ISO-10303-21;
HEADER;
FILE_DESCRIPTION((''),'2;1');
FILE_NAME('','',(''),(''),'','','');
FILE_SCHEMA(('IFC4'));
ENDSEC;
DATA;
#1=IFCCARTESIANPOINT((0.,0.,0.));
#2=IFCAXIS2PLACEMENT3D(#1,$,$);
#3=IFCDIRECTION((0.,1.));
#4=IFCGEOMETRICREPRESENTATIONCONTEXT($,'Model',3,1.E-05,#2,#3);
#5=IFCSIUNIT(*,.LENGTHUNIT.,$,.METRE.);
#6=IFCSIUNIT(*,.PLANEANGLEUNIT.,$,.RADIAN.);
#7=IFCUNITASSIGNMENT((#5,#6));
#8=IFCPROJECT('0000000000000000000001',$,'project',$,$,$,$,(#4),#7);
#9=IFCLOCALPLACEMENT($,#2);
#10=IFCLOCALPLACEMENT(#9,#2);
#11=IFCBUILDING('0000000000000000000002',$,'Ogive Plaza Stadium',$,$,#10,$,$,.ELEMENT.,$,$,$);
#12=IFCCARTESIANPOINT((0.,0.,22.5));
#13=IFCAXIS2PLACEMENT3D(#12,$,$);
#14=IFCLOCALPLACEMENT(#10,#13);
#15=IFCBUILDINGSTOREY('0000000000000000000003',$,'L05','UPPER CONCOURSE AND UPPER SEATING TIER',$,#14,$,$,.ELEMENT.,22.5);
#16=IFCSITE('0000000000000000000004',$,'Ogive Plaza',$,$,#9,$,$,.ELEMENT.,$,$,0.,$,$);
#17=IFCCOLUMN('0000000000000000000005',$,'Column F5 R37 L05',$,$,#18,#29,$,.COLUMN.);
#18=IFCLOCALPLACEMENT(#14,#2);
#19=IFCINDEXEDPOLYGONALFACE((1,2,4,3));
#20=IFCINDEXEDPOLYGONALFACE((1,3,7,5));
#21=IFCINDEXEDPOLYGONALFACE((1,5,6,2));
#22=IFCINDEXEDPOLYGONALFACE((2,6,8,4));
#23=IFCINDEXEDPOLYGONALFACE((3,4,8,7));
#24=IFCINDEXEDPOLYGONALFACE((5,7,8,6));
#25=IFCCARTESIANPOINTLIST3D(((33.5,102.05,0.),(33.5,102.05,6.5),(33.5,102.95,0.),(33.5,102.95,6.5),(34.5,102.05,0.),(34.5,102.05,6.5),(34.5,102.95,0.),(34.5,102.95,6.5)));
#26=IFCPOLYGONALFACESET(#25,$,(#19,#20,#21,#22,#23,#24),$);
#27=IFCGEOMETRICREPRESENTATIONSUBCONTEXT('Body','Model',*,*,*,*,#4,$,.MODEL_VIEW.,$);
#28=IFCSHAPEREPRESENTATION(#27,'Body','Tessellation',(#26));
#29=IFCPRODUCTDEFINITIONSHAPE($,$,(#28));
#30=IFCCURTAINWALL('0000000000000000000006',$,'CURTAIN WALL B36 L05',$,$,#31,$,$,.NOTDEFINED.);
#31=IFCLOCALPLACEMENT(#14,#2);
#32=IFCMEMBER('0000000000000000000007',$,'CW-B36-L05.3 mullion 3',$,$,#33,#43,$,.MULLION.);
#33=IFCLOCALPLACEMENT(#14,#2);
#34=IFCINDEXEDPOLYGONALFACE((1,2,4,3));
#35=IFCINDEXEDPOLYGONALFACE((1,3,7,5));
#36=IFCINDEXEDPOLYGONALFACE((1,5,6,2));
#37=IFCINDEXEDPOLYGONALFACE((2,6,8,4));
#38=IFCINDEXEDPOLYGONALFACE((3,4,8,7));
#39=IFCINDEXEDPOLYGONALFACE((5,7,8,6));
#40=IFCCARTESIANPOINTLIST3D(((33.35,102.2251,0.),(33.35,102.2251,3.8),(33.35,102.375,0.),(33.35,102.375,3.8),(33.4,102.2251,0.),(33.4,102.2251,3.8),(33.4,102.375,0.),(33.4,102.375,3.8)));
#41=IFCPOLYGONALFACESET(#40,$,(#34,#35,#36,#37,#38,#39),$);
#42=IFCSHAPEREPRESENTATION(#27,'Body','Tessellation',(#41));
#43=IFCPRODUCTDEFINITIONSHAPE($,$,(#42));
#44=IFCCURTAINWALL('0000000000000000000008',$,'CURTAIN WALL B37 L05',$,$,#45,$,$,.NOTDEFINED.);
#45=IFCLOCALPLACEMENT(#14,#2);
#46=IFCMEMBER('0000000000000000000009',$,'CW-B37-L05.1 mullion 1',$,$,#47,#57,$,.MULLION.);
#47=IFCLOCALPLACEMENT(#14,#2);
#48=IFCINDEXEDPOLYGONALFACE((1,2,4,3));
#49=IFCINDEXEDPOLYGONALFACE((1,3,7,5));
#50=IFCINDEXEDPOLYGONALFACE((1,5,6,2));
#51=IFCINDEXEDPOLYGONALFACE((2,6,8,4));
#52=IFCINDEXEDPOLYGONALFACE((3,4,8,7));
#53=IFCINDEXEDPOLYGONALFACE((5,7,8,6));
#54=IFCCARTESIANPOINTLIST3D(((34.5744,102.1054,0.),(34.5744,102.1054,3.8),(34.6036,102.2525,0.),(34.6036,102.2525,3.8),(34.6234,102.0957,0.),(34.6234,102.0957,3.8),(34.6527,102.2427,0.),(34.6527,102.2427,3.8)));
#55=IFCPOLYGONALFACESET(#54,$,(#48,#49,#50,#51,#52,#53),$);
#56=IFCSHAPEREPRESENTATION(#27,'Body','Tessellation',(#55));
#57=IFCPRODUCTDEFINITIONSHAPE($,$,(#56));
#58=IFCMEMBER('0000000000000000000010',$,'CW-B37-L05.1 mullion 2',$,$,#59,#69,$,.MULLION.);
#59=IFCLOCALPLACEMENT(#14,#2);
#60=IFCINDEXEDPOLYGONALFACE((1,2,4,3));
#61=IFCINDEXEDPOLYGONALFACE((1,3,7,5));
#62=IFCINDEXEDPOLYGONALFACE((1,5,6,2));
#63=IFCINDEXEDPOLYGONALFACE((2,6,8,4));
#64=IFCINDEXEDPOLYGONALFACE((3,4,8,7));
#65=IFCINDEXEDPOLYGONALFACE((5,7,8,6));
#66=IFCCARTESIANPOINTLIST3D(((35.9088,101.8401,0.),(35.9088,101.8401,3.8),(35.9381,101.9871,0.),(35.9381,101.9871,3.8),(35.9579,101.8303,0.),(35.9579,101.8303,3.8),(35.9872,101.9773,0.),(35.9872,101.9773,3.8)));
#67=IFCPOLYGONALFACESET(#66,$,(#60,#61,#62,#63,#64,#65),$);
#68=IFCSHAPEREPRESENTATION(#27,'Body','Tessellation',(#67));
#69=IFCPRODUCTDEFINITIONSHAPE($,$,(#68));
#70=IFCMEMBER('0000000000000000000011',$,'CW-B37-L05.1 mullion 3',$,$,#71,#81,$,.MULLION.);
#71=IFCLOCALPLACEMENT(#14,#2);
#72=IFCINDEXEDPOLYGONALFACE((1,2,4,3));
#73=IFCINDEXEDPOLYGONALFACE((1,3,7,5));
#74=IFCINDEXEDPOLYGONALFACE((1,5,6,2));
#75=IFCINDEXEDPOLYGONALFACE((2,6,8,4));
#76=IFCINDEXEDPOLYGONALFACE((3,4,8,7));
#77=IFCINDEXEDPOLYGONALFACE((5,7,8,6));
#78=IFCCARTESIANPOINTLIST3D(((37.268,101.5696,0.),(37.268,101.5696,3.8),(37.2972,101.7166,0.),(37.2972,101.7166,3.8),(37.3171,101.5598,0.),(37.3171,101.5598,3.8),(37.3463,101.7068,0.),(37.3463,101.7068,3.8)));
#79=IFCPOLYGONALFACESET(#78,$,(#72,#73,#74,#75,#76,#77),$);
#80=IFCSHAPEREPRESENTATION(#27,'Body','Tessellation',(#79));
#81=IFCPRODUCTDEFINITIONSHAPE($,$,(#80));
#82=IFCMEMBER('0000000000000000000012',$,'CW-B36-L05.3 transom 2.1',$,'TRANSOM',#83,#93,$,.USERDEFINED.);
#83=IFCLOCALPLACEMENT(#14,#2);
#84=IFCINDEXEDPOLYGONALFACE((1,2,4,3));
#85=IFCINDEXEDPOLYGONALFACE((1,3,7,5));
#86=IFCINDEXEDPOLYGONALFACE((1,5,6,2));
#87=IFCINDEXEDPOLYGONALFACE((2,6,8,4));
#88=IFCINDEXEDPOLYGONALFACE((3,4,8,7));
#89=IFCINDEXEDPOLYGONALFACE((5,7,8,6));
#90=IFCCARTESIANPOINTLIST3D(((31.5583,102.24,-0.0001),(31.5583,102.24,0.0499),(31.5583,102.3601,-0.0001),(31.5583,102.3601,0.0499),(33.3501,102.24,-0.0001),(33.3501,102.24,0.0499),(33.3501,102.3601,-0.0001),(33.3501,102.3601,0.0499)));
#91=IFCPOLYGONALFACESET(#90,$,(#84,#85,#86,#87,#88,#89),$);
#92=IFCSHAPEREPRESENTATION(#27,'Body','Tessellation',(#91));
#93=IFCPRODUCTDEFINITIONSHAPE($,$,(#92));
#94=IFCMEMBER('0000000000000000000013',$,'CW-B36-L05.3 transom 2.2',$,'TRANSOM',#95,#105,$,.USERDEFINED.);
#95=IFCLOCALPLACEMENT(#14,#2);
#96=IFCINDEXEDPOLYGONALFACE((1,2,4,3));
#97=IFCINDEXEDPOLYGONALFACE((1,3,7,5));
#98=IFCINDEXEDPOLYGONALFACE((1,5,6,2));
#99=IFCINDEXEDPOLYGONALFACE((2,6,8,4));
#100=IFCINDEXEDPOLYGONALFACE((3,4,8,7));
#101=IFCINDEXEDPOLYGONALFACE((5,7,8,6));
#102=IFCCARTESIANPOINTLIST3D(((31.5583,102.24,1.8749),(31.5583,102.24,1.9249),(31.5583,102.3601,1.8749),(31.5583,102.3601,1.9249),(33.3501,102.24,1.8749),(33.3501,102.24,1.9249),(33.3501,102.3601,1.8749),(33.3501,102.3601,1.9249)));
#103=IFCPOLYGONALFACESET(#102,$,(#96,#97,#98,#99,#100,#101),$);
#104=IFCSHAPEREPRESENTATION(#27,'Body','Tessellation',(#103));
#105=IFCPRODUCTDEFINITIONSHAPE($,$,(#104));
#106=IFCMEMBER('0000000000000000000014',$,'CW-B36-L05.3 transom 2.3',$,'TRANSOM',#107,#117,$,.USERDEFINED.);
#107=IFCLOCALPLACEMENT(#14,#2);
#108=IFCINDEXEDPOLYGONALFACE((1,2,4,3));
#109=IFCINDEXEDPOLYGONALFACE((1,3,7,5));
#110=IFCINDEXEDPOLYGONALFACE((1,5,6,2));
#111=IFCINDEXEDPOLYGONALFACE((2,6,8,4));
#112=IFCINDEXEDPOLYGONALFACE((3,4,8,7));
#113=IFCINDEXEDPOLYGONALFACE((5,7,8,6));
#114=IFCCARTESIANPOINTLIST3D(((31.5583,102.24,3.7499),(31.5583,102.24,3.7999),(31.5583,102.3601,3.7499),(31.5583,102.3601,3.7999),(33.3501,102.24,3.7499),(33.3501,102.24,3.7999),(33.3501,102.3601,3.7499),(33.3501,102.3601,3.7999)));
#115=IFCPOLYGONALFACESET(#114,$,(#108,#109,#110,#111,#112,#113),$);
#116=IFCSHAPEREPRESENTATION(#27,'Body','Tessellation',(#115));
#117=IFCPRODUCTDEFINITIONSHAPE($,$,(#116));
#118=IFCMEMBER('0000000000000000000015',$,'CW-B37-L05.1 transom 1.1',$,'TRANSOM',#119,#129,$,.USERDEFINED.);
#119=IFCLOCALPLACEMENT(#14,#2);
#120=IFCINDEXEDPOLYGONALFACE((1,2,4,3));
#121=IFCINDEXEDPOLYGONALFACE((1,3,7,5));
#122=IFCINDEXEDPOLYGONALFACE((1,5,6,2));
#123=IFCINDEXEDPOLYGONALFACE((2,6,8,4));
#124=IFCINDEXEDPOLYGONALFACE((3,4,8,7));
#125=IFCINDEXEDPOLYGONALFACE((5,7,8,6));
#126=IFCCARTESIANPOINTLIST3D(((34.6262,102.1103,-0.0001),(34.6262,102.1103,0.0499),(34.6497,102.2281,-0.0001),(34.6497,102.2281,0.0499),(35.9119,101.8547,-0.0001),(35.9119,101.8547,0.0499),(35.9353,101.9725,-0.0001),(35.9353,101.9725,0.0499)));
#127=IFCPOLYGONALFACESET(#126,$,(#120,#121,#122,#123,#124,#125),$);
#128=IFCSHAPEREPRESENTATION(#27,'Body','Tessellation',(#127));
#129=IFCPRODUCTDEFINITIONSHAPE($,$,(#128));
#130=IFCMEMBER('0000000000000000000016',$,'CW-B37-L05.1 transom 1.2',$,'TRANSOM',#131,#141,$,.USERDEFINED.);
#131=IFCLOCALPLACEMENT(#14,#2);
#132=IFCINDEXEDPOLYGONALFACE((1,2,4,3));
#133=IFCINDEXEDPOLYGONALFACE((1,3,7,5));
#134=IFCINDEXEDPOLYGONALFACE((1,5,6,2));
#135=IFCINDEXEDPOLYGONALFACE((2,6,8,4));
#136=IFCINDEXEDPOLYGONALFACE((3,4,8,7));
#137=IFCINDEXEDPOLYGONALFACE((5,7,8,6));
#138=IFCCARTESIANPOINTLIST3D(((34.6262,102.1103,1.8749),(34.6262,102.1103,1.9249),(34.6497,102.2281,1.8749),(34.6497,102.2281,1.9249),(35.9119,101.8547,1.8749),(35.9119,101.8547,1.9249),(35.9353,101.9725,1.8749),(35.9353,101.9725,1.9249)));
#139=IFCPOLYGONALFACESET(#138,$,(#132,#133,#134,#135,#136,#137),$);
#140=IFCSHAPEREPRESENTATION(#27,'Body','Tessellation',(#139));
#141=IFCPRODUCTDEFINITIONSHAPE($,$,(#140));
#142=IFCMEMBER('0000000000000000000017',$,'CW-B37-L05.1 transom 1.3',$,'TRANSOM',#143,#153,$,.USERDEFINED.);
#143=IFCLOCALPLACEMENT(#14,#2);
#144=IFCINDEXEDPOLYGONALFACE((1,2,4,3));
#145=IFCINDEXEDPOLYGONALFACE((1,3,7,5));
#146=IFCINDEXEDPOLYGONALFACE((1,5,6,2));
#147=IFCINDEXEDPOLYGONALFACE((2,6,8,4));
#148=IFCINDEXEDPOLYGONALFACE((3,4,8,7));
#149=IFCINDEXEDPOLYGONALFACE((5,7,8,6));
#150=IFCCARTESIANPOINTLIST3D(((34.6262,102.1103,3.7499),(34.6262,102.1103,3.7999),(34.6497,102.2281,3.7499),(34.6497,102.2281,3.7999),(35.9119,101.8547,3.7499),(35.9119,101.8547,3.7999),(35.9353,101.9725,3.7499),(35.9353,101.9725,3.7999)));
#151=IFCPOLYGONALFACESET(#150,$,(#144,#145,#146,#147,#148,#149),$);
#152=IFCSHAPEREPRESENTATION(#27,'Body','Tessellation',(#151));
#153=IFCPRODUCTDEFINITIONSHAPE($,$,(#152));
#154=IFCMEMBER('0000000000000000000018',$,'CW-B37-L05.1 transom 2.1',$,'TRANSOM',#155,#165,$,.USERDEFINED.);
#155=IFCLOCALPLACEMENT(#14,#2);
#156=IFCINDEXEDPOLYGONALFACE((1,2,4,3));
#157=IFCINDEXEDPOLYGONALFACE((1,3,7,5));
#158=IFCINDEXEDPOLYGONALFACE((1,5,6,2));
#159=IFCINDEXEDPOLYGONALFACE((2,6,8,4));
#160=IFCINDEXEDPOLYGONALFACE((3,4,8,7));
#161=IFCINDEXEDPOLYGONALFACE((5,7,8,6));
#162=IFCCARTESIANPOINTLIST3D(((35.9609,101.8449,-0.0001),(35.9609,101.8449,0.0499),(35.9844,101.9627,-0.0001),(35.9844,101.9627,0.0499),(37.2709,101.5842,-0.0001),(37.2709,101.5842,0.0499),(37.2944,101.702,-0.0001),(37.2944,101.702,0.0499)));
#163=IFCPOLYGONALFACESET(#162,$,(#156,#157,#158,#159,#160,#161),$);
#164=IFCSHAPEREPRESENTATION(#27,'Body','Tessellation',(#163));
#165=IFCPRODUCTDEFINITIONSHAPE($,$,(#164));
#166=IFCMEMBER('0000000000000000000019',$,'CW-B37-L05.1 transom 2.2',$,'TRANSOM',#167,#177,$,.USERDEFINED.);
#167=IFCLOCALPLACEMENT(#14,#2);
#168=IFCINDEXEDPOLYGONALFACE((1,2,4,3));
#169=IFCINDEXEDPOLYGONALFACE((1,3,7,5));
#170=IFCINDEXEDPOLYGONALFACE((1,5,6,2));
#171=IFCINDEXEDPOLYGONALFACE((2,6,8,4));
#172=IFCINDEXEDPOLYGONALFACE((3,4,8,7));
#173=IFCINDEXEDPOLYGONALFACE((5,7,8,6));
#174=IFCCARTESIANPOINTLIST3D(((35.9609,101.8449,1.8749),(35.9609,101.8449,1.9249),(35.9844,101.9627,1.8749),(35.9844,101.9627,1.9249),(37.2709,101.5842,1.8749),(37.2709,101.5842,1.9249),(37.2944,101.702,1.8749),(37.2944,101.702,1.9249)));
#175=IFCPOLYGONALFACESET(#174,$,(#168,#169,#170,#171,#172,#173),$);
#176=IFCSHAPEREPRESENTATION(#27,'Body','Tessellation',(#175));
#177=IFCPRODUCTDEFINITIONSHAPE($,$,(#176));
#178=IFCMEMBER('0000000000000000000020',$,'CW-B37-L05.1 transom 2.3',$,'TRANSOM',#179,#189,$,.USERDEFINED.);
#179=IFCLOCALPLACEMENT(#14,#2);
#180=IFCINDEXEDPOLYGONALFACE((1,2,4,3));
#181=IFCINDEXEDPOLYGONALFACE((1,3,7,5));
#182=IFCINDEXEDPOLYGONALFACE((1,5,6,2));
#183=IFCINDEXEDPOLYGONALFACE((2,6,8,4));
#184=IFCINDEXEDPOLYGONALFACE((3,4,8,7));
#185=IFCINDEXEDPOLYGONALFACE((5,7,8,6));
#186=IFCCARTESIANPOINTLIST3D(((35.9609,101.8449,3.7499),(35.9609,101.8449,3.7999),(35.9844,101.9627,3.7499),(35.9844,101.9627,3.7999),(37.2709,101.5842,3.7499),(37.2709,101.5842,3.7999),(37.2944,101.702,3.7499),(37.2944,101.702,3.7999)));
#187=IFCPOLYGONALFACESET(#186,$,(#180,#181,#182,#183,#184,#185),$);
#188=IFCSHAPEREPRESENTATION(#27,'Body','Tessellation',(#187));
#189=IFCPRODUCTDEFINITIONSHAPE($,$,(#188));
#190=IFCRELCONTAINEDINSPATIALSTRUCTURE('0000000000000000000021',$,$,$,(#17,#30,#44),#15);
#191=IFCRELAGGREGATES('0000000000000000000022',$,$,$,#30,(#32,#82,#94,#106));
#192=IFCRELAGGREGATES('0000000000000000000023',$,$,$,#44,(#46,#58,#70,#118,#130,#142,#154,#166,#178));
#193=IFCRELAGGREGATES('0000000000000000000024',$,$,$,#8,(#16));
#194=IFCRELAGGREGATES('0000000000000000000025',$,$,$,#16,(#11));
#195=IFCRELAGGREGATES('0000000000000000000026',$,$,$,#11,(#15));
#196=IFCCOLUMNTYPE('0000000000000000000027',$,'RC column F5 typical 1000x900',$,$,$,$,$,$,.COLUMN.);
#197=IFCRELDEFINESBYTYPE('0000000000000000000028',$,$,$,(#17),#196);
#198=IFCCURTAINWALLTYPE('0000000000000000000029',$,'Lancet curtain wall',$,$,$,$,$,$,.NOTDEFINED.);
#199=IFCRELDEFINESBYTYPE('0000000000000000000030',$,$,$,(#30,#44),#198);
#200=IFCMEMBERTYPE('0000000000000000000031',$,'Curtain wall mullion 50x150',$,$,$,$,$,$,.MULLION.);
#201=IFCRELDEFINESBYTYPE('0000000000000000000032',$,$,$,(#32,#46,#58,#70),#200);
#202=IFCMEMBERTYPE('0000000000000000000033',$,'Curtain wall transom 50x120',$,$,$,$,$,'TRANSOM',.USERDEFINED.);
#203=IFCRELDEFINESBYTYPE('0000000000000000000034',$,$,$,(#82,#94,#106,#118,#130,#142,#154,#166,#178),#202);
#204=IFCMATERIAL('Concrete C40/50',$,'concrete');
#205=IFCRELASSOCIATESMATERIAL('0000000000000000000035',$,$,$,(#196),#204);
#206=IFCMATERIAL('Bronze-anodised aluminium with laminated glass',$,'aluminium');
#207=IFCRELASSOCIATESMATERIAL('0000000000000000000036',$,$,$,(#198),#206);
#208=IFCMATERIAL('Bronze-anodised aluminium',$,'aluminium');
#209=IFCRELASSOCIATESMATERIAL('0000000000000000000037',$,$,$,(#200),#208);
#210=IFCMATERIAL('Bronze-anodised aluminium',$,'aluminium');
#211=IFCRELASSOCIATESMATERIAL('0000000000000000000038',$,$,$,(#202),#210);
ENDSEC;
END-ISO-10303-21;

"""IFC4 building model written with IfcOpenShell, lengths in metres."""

from ifc_helpers import new_model, si_unit, direction, frame, origin, origin_2d, place, context, subcontext, project, spatial, rectangle, extrude, material, material_profile, profile_set, type_object, element, aggregate, save


model = new_model("IFC4")

# Units and contexts
model_context = context("Model", 3, precision=1e-05, world=origin(), true_north=direction((0.0, 1.0)))
body_context = subcontext(model_context, "Body", "Model", "MODEL_VIEW")
ifc_project = project(units=[si_unit("LENGTHUNIT", "METRE"), si_unit("PLANEANGLEUNIT", "RADIAN")], contexts=[model_context])

# Site, building, storey
site_placement = place(None, origin())
site = spatial("IfcSite", under=ifc_project, at=site_placement, Name="Ogive Plaza", CompositionType="ELEMENT", RefElevation=0.0)
building_placement = place(site_placement, origin())
building = spatial("IfcBuilding", under=site, at=building_placement, Name="Ogive Plaza Stadium", CompositionType="ELEMENT")
storey_placement = place(building_placement, frame((0.0, 0.0, 22.5)))
storey = spatial("IfcBuildingStorey", under=building, at=storey_placement, Name="L05", Description="UPPER CONCOURSE AND UPPER SEATING TIER", CompositionType="ELEMENT", Elevation=22.5)

# Column
ifc_material_1 = material(Name="Concrete C40/50", Category="concrete")
ifc_material_profile_1 = material_profile(ifc_material_1, rectangle(XDim=1.0, YDim=0.8999, at=origin_2d()), Name="RC 1000x900")
ifc_profile_set_1 = profile_set([ifc_material_profile_1], Name="Concrete C40/50")
column_type = type_object("IfcColumnType", Name="RC column F5 typical 1000x900", PredefinedType="COLUMN", material=ifc_profile_set_1)
column_placement = place(storey_placement, frame((34.0, 102.5, 0.0), z_axis=(0.0, 0.0, 1.0), x_axis=(-1.0, 0.0, 0.0)))
element("IfcColumn", 1, at=column_placement, inside=storey, type_object=column_type, Name="Column F5 R37 L05", PredefinedType="COLUMN", context=body_context, shape_type="SweptSolid", body=[
    extrude(rectangle(XDim=1.0, YDim=0.8999, at=origin_2d()), origin(), (0.0, 0.0, 1.0), 6.5),
])

# Curtain wall, member
ifc_material_2 = material(Name="Bronze-anodised aluminium with laminated glass", Category="aluminium")
curtain_wall_type = type_object("IfcCurtainWallType", Name="Lancet curtain wall", PredefinedType="NOTDEFINED", material=ifc_material_2)
curtain_wall_1_placement = place(storey_placement, origin())
curtain_wall_1 = element("IfcCurtainWall", 2, at=curtain_wall_1_placement, inside=storey, type_object=curtain_wall_type, Name="CURTAIN WALL B36 L05", PredefinedType="NOTDEFINED")
ifc_material_3 = material(Name="Bronze-anodised aluminium", Category="aluminium")
ifc_material_profile_2 = material_profile(ifc_material_3, rectangle(XDim=0.1499, YDim=0.05, at=origin_2d()), Name="AL 150x50")
ifc_profile_set_2 = profile_set([ifc_material_profile_2], Name="Bronze-anodised aluminium")
member_type_1 = type_object("IfcMemberType", Name="Curtain wall mullion 50x150", PredefinedType="MULLION", material=ifc_profile_set_2)
member_1_placement = place(storey_placement, frame((33.375, 102.3, 0.0), z_axis=(0.0, 0.0, 1.0), x_axis=(0.0, 1.0, 0.0)))
member_1 = element("IfcMember", 3, at=member_1_placement, type_object=member_type_1, Name="CW-B36-L05.3 mullion 3", PredefinedType="MULLION", context=body_context, shape_type="SweptSolid", body=[
    extrude(rectangle(XDim=0.1499, YDim=0.05, at=origin_2d()), origin(), (0.0, 0.0, 1.0), 3.8),
])

# Curtain wall, members
curtain_wall_2_placement = place(storey_placement, origin())
curtain_wall_2 = element("IfcCurtainWall", 4, at=curtain_wall_2_placement, inside=storey, type_object=curtain_wall_type, Name="CURTAIN WALL B37 L05", PredefinedType="NOTDEFINED")
member_2_placement = place(storey_placement, frame((34.6135, 102.1741, 0.0), z_axis=(0.0, 0.0, 1.0), x_axis=(0.19509, 0.980785, 0.0)))
member_2 = element("IfcMember", 5, at=member_2_placement, type_object=member_type_1, Name="CW-B37-L05.1 mullion 1", PredefinedType="MULLION", context=body_context, shape_type="SweptSolid", body=[
    extrude(rectangle(XDim=0.1499, YDim=0.05, at=origin_2d()), origin(), (0.0, 0.0, 1.0), 3.8),
])
member_3_placement = place(storey_placement, frame((35.948, 101.9087, 0.0), z_axis=(0.0, 0.0, 1.0), x_axis=(0.19509, 0.980785, 0.0)))
member_3 = element("IfcMember", 6, at=member_3_placement, type_object=member_type_1, Name="CW-B37-L05.1 mullion 2", PredefinedType="MULLION", context=body_context, shape_type="SweptSolid", body=[
    extrude(rectangle(XDim=0.1499, YDim=0.05, at=origin_2d()), origin(), (0.0, 0.0, 1.0), 3.8),
])
member_4_placement = place(storey_placement, frame((37.3071, 101.6382, 0.0), z_axis=(0.0, 0.0, 1.0), x_axis=(0.19509, 0.980785, 0.0)))
member_4 = element("IfcMember", 7, at=member_4_placement, type_object=member_type_1, Name="CW-B37-L05.1 mullion 3", PredefinedType="MULLION", context=body_context, shape_type="SweptSolid", body=[
    extrude(rectangle(XDim=0.1499, YDim=0.05, at=origin_2d()), origin(), (0.0, 0.0, 1.0), 3.8),
])

# Members
ifc_material_4 = material(Name="Bronze-anodised aluminium", Category="aluminium")
ifc_material_profile_3 = material_profile(ifc_material_4, rectangle(XDim=0.1201, YDim=0.05, at=origin_2d()), Name="AL 120x50")
ifc_profile_set_3 = profile_set([ifc_material_profile_3], Name="Bronze-anodised aluminium")
member_type_2 = type_object("IfcMemberType", Name="Curtain wall transom 50x120", ElementType="TRANSOM", PredefinedType="USERDEFINED", material=ifc_profile_set_3)
member_5_placement = place(storey_placement, frame((31.5583, 102.3, 0.0249), z_axis=(1.0, 0.0, 0.0), x_axis=(0.0, 1.0, 0.0)))
member_5 = element("IfcMember", 8, at=member_5_placement, type_object=member_type_2, Name="CW-B36-L05.3 transom 2.1", ObjectType="TRANSOM", PredefinedType="USERDEFINED", context=body_context, shape_type="SweptSolid", body=[
    extrude(rectangle(XDim=0.1201, YDim=0.05, at=origin_2d()), origin(), (0.0, 0.0, 1.0), 1.7917),
])
member_6_placement = place(storey_placement, frame((31.5583, 102.3, 1.8999), z_axis=(1.0, 0.0, 0.0), x_axis=(0.0, 1.0, 0.0)))
member_6 = element("IfcMember", 9, at=member_6_placement, type_object=member_type_2, Name="CW-B36-L05.3 transom 2.2", ObjectType="TRANSOM", PredefinedType="USERDEFINED", context=body_context, shape_type="SweptSolid", body=[
    extrude(rectangle(XDim=0.1201, YDim=0.05, at=origin_2d()), origin(), (0.0, 0.0, 1.0), 1.7917),
])
member_7_placement = place(storey_placement, frame((31.5583, 102.3, 3.7749), z_axis=(1.0, 0.0, 0.0), x_axis=(0.0, 1.0, 0.0)))
member_7 = element("IfcMember", 10, at=member_7_placement, type_object=member_type_2, Name="CW-B36-L05.3 transom 2.3", ObjectType="TRANSOM", PredefinedType="USERDEFINED", context=body_context, shape_type="SweptSolid", body=[
    extrude(rectangle(XDim=0.1201, YDim=0.05, at=origin_2d()), origin(), (0.0, 0.0, 1.0), 1.7917),
])
member_8_placement = place(storey_placement, frame((34.6379, 102.1692, 0.0249), z_axis=(0.980802, -0.195006, 0.0), x_axis=(0.195006, 0.980802, 0.0)))
member_8 = element("IfcMember", 11, at=member_8_placement, type_object=member_type_2, Name="CW-B37-L05.1 transom 1.1", ObjectType="TRANSOM", PredefinedType="USERDEFINED", context=body_context, shape_type="SweptSolid", body=[
    extrude(rectangle(XDim=0.1201, YDim=0.05, at=origin_2d()), origin(), (0.0, 0.0, 1.0), 1.3108),
])
member_9_placement = place(storey_placement, frame((34.6379, 102.1692, 1.8999), z_axis=(0.980802, -0.195006, 0.0), x_axis=(0.195006, 0.980802, 0.0)))
member_9 = element("IfcMember", 12, at=member_9_placement, type_object=member_type_2, Name="CW-B37-L05.1 transom 1.2", ObjectType="TRANSOM", PredefinedType="USERDEFINED", context=body_context, shape_type="SweptSolid", body=[
    extrude(rectangle(XDim=0.1201, YDim=0.05, at=origin_2d()), origin(), (0.0, 0.0, 1.0), 1.3108),
])
member_10_placement = place(storey_placement, frame((34.6379, 102.1692, 3.7749), z_axis=(0.980802, -0.195006, 0.0), x_axis=(0.195006, 0.980802, 0.0)))
member_10 = element("IfcMember", 13, at=member_10_placement, type_object=member_type_2, Name="CW-B37-L05.1 transom 1.3", ObjectType="TRANSOM", PredefinedType="USERDEFINED", context=body_context, shape_type="SweptSolid", body=[
    extrude(rectangle(XDim=0.1201, YDim=0.05, at=origin_2d()), origin(), (0.0, 0.0, 1.0), 1.3108),
])
member_11_placement = place(storey_placement, frame((35.9727, 101.9038, 0.0249), z_axis=(0.980763, -0.195202, 0.0), x_axis=(0.195202, 0.980763, 0.0)))
member_11 = element("IfcMember", 14, at=member_11_placement, type_object=member_type_2, Name="CW-B37-L05.1 transom 2.1", ObjectType="TRANSOM", PredefinedType="USERDEFINED", context=body_context, shape_type="SweptSolid", body=[
    extrude(rectangle(XDim=0.1201, YDim=0.05, at=origin_2d()), origin(), (0.0, 0.0, 1.0), 1.3357),
])
member_12_placement = place(storey_placement, frame((35.9727, 101.9038, 1.8999), z_axis=(0.980763, -0.195202, 0.0), x_axis=(0.195202, 0.980763, 0.0)))
member_12 = element("IfcMember", 15, at=member_12_placement, type_object=member_type_2, Name="CW-B37-L05.1 transom 2.2", ObjectType="TRANSOM", PredefinedType="USERDEFINED", context=body_context, shape_type="SweptSolid", body=[
    extrude(rectangle(XDim=0.1201, YDim=0.05, at=origin_2d()), origin(), (0.0, 0.0, 1.0), 1.3357),
])
member_13_placement = place(storey_placement, frame((35.9727, 101.9038, 3.7749), z_axis=(0.980763, -0.195202, 0.0), x_axis=(0.195202, 0.980763, 0.0)))
member_13 = element("IfcMember", 16, at=member_13_placement, type_object=member_type_2, Name="CW-B37-L05.1 transom 2.3", ObjectType="TRANSOM", PredefinedType="USERDEFINED", context=body_context, shape_type="SweptSolid", body=[
    extrude(rectangle(XDim=0.1201, YDim=0.05, at=origin_2d()), origin(), (0.0, 0.0, 1.0), 1.3357),
])

aggregate(curtain_wall_1, [member_1, member_5, member_6, member_7])
aggregate(curtain_wall_2, [member_2, member_3, member_4, member_8, member_9, member_10, member_11, member_12, member_13])

save(model, "model.ifc")
